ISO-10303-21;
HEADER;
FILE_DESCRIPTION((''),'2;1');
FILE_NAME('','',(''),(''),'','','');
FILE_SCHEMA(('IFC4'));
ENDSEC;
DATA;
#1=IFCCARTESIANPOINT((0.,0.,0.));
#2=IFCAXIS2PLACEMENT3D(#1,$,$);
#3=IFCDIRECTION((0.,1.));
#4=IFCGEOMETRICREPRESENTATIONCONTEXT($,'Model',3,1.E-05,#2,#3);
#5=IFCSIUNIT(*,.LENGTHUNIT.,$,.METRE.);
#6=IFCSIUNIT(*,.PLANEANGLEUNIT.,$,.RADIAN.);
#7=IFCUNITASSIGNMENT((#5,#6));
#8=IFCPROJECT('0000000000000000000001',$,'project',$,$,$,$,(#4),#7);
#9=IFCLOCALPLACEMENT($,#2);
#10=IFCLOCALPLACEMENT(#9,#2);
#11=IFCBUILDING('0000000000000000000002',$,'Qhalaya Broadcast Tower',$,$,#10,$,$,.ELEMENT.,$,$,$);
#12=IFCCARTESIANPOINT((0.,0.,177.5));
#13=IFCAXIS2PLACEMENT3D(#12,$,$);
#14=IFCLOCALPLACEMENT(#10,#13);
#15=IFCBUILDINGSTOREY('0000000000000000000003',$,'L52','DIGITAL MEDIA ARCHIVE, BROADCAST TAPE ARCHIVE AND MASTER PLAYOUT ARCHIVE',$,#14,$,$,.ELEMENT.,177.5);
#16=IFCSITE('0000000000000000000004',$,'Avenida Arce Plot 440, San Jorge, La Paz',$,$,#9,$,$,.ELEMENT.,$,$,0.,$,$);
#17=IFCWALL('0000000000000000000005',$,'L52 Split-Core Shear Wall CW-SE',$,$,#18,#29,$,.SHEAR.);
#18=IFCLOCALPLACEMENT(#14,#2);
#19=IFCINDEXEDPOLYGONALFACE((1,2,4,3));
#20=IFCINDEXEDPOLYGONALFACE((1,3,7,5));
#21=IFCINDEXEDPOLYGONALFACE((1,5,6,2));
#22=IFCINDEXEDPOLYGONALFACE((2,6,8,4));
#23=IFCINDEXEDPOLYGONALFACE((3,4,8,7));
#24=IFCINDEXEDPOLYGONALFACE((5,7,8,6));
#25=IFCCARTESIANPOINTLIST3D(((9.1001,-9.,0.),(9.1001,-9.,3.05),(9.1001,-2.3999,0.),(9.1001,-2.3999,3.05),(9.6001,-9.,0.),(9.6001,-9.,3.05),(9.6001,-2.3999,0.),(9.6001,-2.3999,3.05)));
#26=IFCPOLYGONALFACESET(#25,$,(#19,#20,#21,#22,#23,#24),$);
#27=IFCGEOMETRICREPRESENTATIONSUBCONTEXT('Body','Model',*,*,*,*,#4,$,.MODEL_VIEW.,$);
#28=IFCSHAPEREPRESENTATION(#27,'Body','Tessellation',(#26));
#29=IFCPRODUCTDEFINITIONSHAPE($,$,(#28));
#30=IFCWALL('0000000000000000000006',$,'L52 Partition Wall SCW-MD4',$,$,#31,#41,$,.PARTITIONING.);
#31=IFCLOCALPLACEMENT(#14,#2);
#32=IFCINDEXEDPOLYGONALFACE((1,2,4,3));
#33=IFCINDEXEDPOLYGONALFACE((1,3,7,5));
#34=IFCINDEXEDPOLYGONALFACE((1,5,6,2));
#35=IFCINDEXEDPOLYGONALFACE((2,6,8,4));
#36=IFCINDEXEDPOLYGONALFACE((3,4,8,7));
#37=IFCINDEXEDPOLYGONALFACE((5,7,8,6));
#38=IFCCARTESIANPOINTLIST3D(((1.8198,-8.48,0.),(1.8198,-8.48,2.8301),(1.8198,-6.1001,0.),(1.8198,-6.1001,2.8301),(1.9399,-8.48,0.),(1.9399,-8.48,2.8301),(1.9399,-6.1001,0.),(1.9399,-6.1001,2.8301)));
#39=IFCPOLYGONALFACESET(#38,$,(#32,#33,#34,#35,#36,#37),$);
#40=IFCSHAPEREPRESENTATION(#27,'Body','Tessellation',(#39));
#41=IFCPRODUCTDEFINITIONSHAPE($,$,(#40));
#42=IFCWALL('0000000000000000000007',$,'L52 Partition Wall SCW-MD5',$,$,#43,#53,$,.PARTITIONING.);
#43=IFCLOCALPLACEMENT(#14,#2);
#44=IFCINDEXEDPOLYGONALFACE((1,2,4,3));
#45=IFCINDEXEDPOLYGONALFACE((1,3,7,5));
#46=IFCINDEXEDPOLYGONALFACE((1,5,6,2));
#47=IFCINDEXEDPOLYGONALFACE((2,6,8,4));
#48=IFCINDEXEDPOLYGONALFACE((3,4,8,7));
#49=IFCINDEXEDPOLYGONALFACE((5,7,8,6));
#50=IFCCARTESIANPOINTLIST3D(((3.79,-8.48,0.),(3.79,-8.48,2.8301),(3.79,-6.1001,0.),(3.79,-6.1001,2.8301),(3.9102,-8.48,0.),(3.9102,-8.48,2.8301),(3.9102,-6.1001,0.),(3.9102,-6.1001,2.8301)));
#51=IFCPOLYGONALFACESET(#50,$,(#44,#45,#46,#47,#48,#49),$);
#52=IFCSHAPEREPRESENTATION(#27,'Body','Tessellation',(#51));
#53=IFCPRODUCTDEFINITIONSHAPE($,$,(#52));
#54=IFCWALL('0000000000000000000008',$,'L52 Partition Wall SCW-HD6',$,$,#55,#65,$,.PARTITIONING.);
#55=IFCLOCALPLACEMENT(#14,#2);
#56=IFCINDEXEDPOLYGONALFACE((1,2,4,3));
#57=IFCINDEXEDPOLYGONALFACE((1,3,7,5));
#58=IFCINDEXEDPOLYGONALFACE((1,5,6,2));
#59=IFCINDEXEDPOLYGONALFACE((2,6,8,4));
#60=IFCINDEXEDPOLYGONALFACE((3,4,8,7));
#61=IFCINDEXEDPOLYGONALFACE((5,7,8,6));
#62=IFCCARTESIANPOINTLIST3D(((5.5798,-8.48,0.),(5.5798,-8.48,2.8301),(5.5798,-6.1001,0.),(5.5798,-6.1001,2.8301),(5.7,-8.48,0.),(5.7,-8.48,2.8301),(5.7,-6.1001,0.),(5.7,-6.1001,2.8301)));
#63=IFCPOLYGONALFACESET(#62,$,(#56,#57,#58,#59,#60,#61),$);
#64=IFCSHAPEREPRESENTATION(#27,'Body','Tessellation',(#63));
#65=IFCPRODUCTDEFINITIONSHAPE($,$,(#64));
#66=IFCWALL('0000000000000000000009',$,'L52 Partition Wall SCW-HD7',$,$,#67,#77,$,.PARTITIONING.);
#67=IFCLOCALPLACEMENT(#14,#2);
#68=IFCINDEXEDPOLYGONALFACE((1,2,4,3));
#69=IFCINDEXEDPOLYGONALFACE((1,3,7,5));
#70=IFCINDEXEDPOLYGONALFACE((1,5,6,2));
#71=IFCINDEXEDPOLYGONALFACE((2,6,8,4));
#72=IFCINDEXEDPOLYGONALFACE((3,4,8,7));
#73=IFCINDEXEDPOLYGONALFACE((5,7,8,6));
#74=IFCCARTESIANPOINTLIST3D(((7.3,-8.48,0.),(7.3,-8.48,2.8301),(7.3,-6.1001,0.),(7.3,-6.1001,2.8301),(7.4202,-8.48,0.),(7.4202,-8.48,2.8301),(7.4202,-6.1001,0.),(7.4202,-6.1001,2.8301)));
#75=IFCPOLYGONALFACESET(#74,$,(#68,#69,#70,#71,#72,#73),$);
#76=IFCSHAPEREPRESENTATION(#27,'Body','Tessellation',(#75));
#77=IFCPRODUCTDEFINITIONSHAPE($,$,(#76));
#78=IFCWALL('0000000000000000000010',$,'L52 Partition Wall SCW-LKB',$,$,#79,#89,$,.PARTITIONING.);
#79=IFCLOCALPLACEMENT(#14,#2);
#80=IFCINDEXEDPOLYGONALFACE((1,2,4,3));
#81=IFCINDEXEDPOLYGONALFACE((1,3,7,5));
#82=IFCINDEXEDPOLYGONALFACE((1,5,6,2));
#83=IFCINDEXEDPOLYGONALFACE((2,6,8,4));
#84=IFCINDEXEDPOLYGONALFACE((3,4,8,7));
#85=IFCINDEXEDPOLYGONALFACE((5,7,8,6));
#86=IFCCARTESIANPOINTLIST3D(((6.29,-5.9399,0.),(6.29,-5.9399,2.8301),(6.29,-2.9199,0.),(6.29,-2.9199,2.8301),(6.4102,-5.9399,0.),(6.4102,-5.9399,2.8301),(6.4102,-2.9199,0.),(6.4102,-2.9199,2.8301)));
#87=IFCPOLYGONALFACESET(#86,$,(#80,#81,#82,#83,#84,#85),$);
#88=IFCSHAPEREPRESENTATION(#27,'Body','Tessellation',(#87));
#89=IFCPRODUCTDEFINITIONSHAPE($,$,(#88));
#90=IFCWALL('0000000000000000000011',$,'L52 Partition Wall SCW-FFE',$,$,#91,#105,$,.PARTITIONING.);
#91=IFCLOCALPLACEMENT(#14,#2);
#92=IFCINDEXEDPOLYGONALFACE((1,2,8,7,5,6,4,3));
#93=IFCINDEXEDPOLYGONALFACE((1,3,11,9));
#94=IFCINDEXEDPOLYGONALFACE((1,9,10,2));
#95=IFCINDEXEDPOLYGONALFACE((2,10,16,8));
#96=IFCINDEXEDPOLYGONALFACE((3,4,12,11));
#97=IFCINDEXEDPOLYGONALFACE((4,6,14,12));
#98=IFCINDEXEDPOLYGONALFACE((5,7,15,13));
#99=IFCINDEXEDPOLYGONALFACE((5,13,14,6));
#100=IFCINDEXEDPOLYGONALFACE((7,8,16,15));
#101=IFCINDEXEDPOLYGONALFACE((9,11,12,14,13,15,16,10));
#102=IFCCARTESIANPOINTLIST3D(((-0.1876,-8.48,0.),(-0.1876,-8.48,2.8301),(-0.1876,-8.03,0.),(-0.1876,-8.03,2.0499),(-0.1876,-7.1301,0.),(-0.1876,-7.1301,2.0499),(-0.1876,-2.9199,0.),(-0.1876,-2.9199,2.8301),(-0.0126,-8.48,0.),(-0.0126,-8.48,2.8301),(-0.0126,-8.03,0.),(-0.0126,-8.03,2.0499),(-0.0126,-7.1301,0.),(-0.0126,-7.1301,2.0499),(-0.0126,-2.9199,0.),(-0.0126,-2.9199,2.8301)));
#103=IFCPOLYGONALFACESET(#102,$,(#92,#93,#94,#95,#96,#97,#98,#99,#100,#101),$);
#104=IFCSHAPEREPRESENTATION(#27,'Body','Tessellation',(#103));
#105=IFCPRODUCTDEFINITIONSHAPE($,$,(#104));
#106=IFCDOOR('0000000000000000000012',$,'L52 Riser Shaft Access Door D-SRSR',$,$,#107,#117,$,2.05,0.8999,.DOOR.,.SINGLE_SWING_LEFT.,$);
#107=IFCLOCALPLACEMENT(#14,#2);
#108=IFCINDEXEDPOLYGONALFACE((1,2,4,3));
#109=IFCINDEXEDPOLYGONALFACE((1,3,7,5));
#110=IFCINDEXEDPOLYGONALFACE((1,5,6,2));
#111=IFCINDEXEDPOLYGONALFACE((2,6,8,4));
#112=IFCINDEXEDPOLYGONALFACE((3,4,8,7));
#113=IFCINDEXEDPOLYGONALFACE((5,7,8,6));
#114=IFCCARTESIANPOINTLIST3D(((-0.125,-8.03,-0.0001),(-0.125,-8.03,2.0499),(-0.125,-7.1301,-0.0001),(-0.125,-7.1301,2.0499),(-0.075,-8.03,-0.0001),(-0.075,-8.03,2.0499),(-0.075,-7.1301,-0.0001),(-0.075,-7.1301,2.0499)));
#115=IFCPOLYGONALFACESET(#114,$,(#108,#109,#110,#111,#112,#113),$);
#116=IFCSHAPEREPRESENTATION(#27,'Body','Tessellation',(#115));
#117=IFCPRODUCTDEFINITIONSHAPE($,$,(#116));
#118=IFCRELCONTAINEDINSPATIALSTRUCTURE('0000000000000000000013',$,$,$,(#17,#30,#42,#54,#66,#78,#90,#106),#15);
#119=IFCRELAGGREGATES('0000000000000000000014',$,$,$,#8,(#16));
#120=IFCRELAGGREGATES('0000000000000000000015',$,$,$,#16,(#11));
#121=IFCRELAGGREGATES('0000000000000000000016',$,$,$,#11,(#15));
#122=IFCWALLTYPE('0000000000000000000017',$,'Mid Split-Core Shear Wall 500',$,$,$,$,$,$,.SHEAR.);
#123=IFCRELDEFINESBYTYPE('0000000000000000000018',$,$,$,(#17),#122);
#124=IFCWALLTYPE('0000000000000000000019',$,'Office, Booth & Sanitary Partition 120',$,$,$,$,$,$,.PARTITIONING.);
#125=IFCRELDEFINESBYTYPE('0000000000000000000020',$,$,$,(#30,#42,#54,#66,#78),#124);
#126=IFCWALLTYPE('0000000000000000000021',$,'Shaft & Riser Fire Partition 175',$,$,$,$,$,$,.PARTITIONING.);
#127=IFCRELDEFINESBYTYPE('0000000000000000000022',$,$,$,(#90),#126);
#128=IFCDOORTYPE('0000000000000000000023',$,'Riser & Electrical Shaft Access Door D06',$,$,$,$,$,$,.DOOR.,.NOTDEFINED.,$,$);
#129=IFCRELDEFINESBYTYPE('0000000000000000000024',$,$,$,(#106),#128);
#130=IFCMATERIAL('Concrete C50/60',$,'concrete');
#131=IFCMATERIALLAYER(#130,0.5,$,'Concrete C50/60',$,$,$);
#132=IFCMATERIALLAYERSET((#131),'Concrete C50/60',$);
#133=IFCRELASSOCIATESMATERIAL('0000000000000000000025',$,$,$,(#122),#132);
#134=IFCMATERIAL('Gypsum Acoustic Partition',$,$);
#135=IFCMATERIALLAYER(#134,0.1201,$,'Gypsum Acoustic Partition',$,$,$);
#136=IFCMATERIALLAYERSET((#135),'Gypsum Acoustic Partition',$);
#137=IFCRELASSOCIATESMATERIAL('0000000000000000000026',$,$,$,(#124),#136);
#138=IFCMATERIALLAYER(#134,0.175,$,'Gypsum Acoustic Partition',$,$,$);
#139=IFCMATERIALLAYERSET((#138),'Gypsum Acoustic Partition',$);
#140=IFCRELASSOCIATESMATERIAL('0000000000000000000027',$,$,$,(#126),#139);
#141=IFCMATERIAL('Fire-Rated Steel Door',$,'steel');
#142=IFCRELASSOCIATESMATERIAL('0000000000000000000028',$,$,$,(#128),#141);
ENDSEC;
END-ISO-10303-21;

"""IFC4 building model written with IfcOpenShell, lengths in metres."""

from ifc_helpers import new_model, si_unit, direction, frame, frame_2d, origin, place, context, subcontext, project, spatial, rectangle, extrude, material, layer, layer_set, type_object, element, fill, save


model = new_model("IFC4")

# Units and contexts
model_context = context("Model", 3, precision=1e-05, world=origin(), true_north=direction((0.0, 1.0)))
body_context = subcontext(model_context, "Body", "Model", "MODEL_VIEW")
ifc_project = project(units=[si_unit("LENGTHUNIT", "METRE"), si_unit("PLANEANGLEUNIT", "RADIAN")], contexts=[model_context])

# Site, building, storey
site_placement = place(None, origin())
site = spatial("IfcSite", under=ifc_project, at=site_placement, Name="Avenida Arce Plot 440, San Jorge, La Paz", CompositionType="ELEMENT", RefElevation=0.0)
building_placement = place(site_placement, origin())
building = spatial("IfcBuilding", under=site, at=building_placement, Name="Qhalaya Broadcast Tower", CompositionType="ELEMENT")
storey_placement = place(building_placement, frame((0.0, 0.0, 177.5)))
storey = spatial("IfcBuildingStorey", under=building, at=storey_placement, Name="L52", Description="DIGITAL MEDIA ARCHIVE, BROADCAST TAPE ARCHIVE AND MASTER PLAYOUT ARCHIVE", CompositionType="ELEMENT", Elevation=177.5)

# Shared definitions
ifc_material_1 = material(Name="Concrete C50/60", Category="concrete")

# Shared definitions
ifc_material_2 = material(Name="Gypsum Acoustic Partition")

# Walls
ifc_layer_1 = layer(ifc_material_1, 0.5, Name="Concrete C50/60")
ifc_layer_set_1 = layer_set([ifc_layer_1], Name="Concrete C50/60")
wall_type_1 = type_object("IfcWallType", Name="Mid Split-Core Shear Wall 500", PredefinedType="SHEAR", material=ifc_layer_set_1)
wall_1_placement = place(storey_placement, frame((9.3501, -9.0, 0.0), z_axis=(0.0, 0.0, 1.0), x_axis=(0.0, 1.0, 0.0)))
element("IfcWall", 1, at=wall_1_placement, inside=storey, type_object=wall_type_1, Name="L52 Split-Core Shear Wall CW-SE", PredefinedType="SHEAR", context=body_context, shape_type="SweptSolid", body=[
    extrude(rectangle(XDim=6.6001, YDim=0.5, at=frame_2d((3.3, 0.0))), origin(), (0.0, 0.0, 1.0), 3.05),
])
ifc_layer_2 = layer(ifc_material_2, 0.1201, Name="Gypsum Acoustic Partition")
ifc_layer_set_2 = layer_set([ifc_layer_2], Name="Gypsum Acoustic Partition")
wall_type_2 = type_object("IfcWallType", Name="Office, Booth & Sanitary Partition 120", PredefinedType="PARTITIONING", material=ifc_layer_set_2)
for number, where, z_axis, x_axis, name in (
    (2, (1.8799, -8.48, 0.0), (0.0, 0.0, 1.0), (0.0, 1.0, 0.0), "L52 Partition Wall SCW-MD4"),
    (3, (3.8501, -8.48, 0.0), (0.0, 0.0, 1.0), (0.0, 1.0, 0.0), "L52 Partition Wall SCW-MD5"),
    (4, (5.6399, -8.48, 0.0), (0.0, 0.0, 1.0), (0.0, 1.0, 0.0), "L52 Partition Wall SCW-HD6"),
    (5, (7.3601, -8.48, 0.0), (0.0, 0.0, 1.0), (0.0, 1.0, 0.0), "L52 Partition Wall SCW-HD7"),
):
    element("IfcWall", number, at=place(storey_placement, frame(where, z_axis=z_axis, x_axis=x_axis)), inside=storey, type_object=wall_type_2, Name=name, PredefinedType="PARTITIONING", context=body_context, shape_type="SweptSolid", body=[
        extrude(rectangle(XDim=2.3799, YDim=0.1201, at=frame_2d((1.1899, 0.0))), origin(), (0.0, 0.0, 1.0), 2.8301),
    ])
wall_2_placement = place(storey_placement, frame((6.3501, -5.9399, 0.0), z_axis=(0.0, 0.0, 1.0), x_axis=(0.0, 1.0, 0.0)))
element("IfcWall", 6, at=wall_2_placement, inside=storey, type_object=wall_type_2, Name="L52 Partition Wall SCW-LKB", PredefinedType="PARTITIONING", context=body_context, shape_type="SweptSolid", body=[
    extrude(rectangle(XDim=3.02, YDim=0.1201, at=frame_2d((1.51, 0.0))), origin(), (0.0, 0.0, 1.0), 2.8301),
])

# Wall, opening, door
ifc_layer_3 = layer(ifc_material_2, 0.175, Name="Gypsum Acoustic Partition")
ifc_layer_set_3 = layer_set([ifc_layer_3], Name="Gypsum Acoustic Partition")
wall_type_3 = type_object("IfcWallType", Name="Shaft & Riser Fire Partition 175", PredefinedType="PARTITIONING", material=ifc_layer_set_3)
wall_3_placement = place(storey_placement, frame((-0.1001, -8.48, 0.0), z_axis=(0.0, 0.0, 1.0), x_axis=(0.0, 1.0, 0.0)))
wall_3 = element("IfcWall", 7, at=wall_3_placement, inside=storey, type_object=wall_type_3, Name="L52 Partition Wall SCW-FFE", PredefinedType="PARTITIONING", context=body_context, shape_type="SweptSolid", body=[
    extrude(rectangle(XDim=5.5601, YDim=0.175, at=frame_2d((2.78, 0.0))), origin(), (0.0, 0.0, 1.0), 2.8301),
])
opening_1_placement = place(wall_3_placement, frame((0.45, 0.0, 0.0)))
opening_1 = element("IfcOpeningElement", 8, at=opening_1_placement, cuts=wall_3, PredefinedType="OPENING", context=body_context, shape_type="SweptSolid", body=[
    extrude(rectangle(XDim=0.8999, YDim=2.05, at=frame_2d((0.45, 1.0249))), frame((0.0, 0.0996, 0.0), z_axis=(0.0, -1.0, 0.0), x_axis=(1.0, 0.0, 0.0)), (0.0, 0.0, 1.0), 0.199),
])
ifc_material_3 = material(Name="Fire-Rated Steel Door", Category="steel")
door_type_1 = type_object("IfcDoorType", Name="Riser & Electrical Shaft Access Door D06", OperationType="NOTDEFINED", PredefinedType="DOOR", material=ifc_material_3)
door_1_placement = place(opening_1_placement, origin())
door_1 = element("IfcDoor", 9, at=door_1_placement, inside=storey, type_object=door_type_1, Name="L52 Riser Shaft Access Door D-SRSR", OperationType="SINGLE_SWING_LEFT", OverallHeight=2.05, OverallWidth=0.8999, PredefinedType="DOOR", context=body_context, shape_type="SweptSolid", body=[
    extrude(rectangle(XDim=0.8999, YDim=2.05, at=frame_2d((0.45, 1.0249))), frame((0.0, 0.0249, 0.0), z_axis=(0.0, -1.0, 0.0), x_axis=(1.0, 0.0, 0.0)), (0.0, 0.0, 1.0), 0.05),
])
fill(opening_1, door_1)

save(model, "model.ifc")
